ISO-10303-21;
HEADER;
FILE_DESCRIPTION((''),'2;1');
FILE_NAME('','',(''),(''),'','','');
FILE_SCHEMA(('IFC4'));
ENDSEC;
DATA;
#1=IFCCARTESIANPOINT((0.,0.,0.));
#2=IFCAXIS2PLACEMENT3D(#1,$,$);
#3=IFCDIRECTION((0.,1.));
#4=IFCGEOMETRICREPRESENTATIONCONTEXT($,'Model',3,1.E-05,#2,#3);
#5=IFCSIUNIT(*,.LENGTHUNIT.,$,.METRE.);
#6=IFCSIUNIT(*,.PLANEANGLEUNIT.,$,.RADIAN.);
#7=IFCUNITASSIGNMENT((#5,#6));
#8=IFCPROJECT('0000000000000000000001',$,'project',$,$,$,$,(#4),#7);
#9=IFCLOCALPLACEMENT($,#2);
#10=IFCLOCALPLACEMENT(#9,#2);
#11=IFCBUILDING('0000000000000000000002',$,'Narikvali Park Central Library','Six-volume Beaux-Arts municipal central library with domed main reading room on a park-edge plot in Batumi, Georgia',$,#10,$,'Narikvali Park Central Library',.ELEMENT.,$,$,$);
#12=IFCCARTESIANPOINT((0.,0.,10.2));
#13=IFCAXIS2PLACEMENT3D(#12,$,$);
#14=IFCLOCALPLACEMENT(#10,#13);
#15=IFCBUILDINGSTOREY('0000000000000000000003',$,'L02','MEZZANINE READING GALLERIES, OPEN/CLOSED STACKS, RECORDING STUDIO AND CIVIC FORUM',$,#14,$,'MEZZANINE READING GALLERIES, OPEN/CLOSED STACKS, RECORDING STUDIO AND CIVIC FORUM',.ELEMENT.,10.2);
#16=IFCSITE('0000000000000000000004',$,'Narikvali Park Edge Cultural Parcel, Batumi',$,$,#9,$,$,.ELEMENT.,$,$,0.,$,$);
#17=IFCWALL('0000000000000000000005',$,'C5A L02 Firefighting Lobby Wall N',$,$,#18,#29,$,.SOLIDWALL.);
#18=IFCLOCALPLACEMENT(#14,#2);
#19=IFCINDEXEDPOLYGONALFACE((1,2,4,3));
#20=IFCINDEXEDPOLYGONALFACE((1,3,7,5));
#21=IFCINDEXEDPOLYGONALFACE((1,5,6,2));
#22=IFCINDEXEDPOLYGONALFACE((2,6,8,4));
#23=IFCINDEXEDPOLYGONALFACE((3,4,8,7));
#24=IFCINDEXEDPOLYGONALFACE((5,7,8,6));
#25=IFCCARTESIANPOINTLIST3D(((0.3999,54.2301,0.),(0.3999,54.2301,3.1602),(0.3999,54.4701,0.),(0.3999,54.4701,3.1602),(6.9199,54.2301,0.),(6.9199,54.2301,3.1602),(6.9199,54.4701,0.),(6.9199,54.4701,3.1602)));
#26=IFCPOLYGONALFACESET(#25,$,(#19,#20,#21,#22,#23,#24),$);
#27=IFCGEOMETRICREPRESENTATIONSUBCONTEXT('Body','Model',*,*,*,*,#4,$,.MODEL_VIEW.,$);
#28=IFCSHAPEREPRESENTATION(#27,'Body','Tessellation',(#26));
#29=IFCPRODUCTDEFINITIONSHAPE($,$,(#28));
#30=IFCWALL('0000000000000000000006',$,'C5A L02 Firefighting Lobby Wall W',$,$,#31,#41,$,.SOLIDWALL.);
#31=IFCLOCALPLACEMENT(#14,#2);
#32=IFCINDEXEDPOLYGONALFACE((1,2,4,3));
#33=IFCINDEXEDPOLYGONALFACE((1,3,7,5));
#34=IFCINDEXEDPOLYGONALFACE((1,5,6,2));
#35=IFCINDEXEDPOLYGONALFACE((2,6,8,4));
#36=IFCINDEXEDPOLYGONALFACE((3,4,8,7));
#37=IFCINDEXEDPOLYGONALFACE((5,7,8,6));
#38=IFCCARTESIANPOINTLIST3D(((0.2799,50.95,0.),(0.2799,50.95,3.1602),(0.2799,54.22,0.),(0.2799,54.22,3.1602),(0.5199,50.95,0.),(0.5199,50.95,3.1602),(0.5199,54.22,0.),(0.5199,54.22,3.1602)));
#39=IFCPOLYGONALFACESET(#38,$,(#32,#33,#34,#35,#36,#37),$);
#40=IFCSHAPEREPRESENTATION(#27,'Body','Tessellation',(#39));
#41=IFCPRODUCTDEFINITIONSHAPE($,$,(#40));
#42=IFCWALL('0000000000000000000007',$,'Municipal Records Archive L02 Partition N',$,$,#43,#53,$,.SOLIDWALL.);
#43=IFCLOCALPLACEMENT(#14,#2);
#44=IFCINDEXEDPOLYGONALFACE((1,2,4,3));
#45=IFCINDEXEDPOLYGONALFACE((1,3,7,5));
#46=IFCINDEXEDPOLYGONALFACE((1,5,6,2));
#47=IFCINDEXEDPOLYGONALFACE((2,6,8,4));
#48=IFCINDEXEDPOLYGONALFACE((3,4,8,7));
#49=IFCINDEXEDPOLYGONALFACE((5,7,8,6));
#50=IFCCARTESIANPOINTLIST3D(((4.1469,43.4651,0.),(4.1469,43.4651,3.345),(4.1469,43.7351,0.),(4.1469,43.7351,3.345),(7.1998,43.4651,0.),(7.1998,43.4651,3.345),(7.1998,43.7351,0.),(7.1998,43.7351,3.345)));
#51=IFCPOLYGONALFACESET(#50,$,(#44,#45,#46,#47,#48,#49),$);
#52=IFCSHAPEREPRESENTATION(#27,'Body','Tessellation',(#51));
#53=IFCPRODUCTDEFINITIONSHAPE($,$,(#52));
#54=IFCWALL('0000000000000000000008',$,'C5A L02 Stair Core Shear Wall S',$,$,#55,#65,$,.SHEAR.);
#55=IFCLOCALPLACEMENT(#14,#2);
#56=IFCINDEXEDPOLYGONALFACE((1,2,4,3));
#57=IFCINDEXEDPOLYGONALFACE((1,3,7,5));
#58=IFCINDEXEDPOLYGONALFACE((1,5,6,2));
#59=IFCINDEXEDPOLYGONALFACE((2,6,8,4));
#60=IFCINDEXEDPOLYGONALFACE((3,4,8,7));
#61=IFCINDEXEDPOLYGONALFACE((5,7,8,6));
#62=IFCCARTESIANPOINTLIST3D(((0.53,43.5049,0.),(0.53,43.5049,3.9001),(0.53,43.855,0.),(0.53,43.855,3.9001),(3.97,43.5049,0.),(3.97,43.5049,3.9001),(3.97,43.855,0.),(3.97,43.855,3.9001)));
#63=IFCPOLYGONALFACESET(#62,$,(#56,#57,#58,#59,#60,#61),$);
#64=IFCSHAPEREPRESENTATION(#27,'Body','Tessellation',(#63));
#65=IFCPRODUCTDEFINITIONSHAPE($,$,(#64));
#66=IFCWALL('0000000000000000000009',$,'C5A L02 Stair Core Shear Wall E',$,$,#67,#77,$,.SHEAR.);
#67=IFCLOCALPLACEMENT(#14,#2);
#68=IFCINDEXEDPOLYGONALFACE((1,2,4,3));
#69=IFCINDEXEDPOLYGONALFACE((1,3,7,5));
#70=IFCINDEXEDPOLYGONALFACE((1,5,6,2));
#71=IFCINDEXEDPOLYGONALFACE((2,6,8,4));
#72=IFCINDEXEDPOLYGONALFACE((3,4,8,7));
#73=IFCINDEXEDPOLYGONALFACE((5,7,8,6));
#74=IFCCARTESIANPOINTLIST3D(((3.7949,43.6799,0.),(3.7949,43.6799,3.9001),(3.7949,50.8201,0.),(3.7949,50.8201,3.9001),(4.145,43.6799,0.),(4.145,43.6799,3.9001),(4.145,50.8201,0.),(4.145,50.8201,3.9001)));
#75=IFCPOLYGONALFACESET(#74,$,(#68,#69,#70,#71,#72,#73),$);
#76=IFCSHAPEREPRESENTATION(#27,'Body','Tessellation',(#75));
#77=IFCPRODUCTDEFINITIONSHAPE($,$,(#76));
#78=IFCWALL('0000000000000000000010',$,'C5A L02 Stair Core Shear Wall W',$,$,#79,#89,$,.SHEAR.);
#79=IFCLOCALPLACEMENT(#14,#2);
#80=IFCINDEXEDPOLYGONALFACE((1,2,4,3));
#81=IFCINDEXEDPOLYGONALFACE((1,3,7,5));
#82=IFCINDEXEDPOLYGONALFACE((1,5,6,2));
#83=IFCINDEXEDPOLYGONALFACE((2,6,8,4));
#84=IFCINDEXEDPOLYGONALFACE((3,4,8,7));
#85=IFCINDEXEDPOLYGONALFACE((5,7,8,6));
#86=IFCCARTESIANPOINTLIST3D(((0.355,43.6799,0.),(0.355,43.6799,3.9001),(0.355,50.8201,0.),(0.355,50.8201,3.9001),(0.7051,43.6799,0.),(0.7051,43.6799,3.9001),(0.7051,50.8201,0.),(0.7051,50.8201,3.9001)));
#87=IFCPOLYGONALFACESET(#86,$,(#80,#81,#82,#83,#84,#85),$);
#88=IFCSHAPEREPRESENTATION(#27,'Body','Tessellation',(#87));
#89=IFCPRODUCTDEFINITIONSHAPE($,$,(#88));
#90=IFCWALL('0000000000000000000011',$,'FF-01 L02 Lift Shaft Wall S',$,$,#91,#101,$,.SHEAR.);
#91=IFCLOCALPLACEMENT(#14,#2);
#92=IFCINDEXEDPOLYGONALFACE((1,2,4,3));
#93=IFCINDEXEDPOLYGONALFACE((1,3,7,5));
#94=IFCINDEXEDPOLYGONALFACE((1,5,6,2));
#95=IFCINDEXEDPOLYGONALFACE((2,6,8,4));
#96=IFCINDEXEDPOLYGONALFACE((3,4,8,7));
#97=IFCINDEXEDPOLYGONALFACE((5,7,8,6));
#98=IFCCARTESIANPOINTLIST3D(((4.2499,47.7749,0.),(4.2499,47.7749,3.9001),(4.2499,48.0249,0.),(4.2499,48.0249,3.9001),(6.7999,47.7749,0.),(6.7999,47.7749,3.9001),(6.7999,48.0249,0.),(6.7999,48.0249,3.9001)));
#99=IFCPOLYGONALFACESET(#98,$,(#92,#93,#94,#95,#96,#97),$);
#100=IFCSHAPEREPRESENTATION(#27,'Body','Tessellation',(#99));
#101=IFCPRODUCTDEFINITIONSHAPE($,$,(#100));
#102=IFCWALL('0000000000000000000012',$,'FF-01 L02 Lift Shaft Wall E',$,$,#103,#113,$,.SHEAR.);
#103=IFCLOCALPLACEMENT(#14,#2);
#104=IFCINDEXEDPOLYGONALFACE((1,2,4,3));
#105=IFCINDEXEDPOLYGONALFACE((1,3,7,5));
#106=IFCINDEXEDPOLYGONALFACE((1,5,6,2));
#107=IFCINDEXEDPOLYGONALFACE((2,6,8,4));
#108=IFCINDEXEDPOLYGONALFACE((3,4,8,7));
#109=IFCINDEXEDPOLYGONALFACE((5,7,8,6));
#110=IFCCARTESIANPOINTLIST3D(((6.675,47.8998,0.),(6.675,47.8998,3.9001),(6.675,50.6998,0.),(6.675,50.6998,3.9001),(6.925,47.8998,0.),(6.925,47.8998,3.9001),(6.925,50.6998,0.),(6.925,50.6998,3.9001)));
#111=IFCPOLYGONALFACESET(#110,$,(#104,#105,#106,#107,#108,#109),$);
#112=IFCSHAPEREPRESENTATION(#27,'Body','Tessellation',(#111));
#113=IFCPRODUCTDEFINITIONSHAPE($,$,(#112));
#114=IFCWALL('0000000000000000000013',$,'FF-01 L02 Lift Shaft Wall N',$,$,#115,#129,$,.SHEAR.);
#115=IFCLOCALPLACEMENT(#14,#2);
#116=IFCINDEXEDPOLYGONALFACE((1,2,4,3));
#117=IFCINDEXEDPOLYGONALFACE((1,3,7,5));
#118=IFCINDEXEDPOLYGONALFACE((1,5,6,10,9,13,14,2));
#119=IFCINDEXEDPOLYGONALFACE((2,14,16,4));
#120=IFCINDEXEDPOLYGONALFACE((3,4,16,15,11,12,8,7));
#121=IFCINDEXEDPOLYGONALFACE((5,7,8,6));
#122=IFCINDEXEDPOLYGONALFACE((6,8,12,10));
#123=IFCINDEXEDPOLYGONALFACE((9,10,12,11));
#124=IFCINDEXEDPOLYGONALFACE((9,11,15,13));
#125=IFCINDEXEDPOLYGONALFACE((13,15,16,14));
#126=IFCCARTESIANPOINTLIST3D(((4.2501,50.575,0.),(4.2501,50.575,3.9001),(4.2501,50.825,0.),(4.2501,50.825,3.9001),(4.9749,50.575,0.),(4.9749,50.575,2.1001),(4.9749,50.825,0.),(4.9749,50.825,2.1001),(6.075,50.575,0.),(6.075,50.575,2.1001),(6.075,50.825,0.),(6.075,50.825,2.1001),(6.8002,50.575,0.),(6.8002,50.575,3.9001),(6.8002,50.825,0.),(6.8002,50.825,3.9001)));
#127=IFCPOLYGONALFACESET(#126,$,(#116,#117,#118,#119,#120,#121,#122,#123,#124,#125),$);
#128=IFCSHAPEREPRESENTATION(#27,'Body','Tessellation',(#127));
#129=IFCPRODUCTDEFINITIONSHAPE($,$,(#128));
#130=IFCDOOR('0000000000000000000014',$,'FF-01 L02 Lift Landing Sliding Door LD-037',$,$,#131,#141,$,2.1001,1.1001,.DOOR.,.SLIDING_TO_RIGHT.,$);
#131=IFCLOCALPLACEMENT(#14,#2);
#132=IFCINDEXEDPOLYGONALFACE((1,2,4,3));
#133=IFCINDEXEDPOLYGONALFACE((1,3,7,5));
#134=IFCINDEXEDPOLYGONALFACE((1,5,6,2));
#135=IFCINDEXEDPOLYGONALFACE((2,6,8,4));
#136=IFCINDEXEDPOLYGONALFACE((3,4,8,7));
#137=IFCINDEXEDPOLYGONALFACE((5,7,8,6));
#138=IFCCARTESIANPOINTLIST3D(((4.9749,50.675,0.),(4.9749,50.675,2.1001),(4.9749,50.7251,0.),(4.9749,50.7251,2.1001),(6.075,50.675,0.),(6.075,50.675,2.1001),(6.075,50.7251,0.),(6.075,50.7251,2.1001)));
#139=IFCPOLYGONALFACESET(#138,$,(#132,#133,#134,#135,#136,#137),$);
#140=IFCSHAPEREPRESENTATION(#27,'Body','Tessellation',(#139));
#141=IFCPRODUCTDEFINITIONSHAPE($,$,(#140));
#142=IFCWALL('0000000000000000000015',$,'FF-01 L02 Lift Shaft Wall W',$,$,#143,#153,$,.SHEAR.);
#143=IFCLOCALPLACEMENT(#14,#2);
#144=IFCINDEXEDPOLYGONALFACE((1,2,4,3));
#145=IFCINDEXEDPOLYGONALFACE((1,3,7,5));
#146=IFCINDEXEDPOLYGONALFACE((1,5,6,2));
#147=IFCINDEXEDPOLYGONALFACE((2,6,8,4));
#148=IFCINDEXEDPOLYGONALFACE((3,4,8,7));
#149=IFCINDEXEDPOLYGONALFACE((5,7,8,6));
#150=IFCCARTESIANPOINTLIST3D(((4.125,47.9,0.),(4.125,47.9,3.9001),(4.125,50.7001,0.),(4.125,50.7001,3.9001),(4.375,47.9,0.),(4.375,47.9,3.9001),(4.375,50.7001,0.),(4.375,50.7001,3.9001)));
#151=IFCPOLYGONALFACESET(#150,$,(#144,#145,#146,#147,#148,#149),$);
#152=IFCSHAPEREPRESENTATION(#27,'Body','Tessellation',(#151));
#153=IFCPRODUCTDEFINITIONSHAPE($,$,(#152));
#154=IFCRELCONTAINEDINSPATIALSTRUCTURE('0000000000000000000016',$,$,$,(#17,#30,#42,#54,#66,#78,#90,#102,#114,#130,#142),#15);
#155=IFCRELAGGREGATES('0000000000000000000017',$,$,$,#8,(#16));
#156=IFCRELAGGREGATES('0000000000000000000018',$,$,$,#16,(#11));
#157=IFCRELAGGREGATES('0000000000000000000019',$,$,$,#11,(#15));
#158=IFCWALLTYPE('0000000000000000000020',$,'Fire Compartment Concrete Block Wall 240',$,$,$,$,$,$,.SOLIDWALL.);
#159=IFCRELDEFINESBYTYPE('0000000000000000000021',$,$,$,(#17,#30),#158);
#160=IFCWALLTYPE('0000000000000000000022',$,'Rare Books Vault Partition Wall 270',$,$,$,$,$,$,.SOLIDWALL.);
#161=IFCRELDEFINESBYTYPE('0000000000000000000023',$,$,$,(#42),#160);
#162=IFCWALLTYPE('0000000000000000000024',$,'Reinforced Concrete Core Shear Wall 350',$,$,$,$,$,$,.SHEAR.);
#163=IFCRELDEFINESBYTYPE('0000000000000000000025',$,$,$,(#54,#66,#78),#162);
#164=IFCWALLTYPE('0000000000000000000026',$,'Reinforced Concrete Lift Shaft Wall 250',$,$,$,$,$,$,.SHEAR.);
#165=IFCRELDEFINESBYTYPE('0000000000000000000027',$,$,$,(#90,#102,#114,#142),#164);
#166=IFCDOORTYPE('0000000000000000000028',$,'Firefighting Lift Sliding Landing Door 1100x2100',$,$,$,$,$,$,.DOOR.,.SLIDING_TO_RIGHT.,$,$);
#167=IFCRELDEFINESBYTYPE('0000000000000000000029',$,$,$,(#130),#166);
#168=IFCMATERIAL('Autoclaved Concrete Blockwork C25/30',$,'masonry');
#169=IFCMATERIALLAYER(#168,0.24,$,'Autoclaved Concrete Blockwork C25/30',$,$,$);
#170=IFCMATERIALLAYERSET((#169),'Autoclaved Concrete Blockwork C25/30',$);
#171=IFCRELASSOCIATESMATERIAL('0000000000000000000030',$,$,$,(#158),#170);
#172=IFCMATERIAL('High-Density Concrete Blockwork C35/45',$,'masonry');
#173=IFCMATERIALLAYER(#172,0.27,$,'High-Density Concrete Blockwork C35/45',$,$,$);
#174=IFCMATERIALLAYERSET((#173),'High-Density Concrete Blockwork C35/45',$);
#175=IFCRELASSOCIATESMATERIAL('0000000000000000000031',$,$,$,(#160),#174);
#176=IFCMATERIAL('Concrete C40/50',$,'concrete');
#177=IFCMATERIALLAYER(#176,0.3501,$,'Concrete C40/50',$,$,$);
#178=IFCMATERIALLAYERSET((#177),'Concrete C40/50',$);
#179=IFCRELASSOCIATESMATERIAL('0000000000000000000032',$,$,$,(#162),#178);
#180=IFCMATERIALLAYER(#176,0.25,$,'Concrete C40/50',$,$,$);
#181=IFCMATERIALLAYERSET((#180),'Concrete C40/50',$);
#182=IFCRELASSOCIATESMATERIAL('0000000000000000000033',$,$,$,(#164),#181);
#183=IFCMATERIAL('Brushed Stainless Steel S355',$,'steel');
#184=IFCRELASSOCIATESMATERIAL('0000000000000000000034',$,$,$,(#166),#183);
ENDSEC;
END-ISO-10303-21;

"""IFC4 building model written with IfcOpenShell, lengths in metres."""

from ifc_helpers import new_model, si_unit, direction, frame, frame_2d, origin, place, context, subcontext, project, spatial, rectangle, extrude, material, layer, layer_set, type_object, element, fill, save


model = new_model("IFC4")

# Units and contexts
model_context = context("Model", 3, precision=1e-05, world=origin(), true_north=direction((0.0, 1.0)))
body_context = subcontext(model_context, "Body", "Model", "MODEL_VIEW")
ifc_project = project(units=[si_unit("LENGTHUNIT", "METRE"), si_unit("PLANEANGLEUNIT", "RADIAN")], contexts=[model_context])

# Site, building, storey
site_placement = place(None, origin())
site = spatial("IfcSite", under=ifc_project, at=site_placement, Name="Narikvali Park Edge Cultural Parcel, Batumi", CompositionType="ELEMENT", RefElevation=0.0)
building_placement = place(site_placement, origin())
building = spatial("IfcBuilding", under=site, at=building_placement, Name="Narikvali Park Central Library", Description="Six-volume Beaux-Arts municipal central library with domed main reading room on a park-edge plot in Batumi, Georgia", LongName="Narikvali Park Central Library", CompositionType="ELEMENT")
storey_placement = place(building_placement, frame((0.0, 0.0, 10.2)))
storey = spatial("IfcBuildingStorey", under=building, at=storey_placement, Name="L02", Description="MEZZANINE READING GALLERIES, OPEN/CLOSED STACKS, RECORDING STUDIO AND CIVIC FORUM", LongName="MEZZANINE READING GALLERIES, OPEN/CLOSED STACKS, RECORDING STUDIO AND CIVIC FORUM", CompositionType="ELEMENT", Elevation=10.2)

# Shared definitions
ifc_material_1 = material(Name="Autoclaved Concrete Blockwork C25/30", Category="masonry")
ifc_layer_1 = layer(ifc_material_1, 0.24, Name="Autoclaved Concrete Blockwork C25/30")
ifc_layer_set_1 = layer_set([ifc_layer_1], Name="Autoclaved Concrete Blockwork C25/30")
wall_type_1 = type_object("IfcWallType", Name="Fire Compartment Concrete Block Wall 240", PredefinedType="SOLIDWALL", material=ifc_layer_set_1)

# Walls
wall_1_placement = place(storey_placement, frame((0.3999, 54.3501, 0.0), z_axis=(0.0, 0.0, 1.0), x_axis=(1.0, 0.0, 0.0)))
element("IfcWall", 1, at=wall_1_placement, inside=storey, type_object=wall_type_1, Name="C5A L02 Firefighting Lobby Wall N", PredefinedType="SOLIDWALL", context=body_context, shape_type="SweptSolid", body=[
    extrude(rectangle(XDim=6.52, YDim=0.24, at=frame_2d((3.26, 0.0))), origin(), (0.0, 0.0, 1.0), 3.1602),
])
wall_2_placement = place(storey_placement, frame((0.3999, 50.95, 0.0), z_axis=(0.0, 0.0, 1.0), x_axis=(0.0, 1.0, 0.0)))
element("IfcWall", 2, at=wall_2_placement, inside=storey, type_object=wall_type_1, Name="C5A L02 Firefighting Lobby Wall W", PredefinedType="SOLIDWALL", context=body_context, shape_type="SweptSolid", body=[
    extrude(rectangle(XDim=3.27, YDim=0.24, at=frame_2d((1.635, 0.0))), origin(), (0.0, 0.0, 1.0), 3.1602),
])
ifc_material_2 = material(Name="High-Density Concrete Blockwork C35/45", Category="masonry")
ifc_layer_2 = layer(ifc_material_2, 0.27, Name="High-Density Concrete Blockwork C35/45")
ifc_layer_set_2 = layer_set([ifc_layer_2], Name="High-Density Concrete Blockwork C35/45")
wall_type_2 = type_object("IfcWallType", Name="Rare Books Vault Partition Wall 270", PredefinedType="SOLIDWALL", material=ifc_layer_set_2)
wall_3_placement = place(storey_placement, frame((4.147, 43.6001, 0.0), z_axis=(0.0, 0.0, 1.0), x_axis=(1.0, 0.0, 0.0)))
element("IfcWall", 3, at=wall_3_placement, inside=storey, type_object=wall_type_2, Name="Municipal Records Archive L02 Partition N", PredefinedType="SOLIDWALL", context=body_context, shape_type="SweptSolid", body=[
    extrude(rectangle(XDim=3.053, YDim=0.27, at=frame_2d((1.5264, 0.0))), origin(), (0.0, 0.0, 1.0), 3.345),
])
ifc_material_3 = material(Name="Concrete C40/50", Category="concrete")
ifc_layer_3 = layer(ifc_material_3, 0.3501, Name="Concrete C40/50")
ifc_layer_set_3 = layer_set([ifc_layer_3], Name="Concrete C40/50")
wall_type_3 = type_object("IfcWallType", Name="Reinforced Concrete Core Shear Wall 350", PredefinedType="SHEAR", material=ifc_layer_set_3)
wall_4_placement = place(storey_placement, frame((0.53, 43.6799, 0.0), z_axis=(0.0, 0.0, 1.0), x_axis=(1.0, 0.0, 0.0)))
element("IfcWall", 4, at=wall_4_placement, inside=storey, type_object=wall_type_3, Name="C5A L02 Stair Core Shear Wall S", PredefinedType="SHEAR", context=body_context, shape_type="SweptSolid", body=[
    extrude(rectangle(XDim=3.4399, YDim=0.3501, at=frame_2d((1.72, 0.0))), origin(), (0.0, 0.0, 1.0), 3.9001),
])
wall_5_placement = place(storey_placement, frame((3.97, 43.6799, 0.0), z_axis=(0.0, 0.0, 1.0), x_axis=(0.0, 1.0, 0.0)))
element("IfcWall", 5, at=wall_5_placement, inside=storey, type_object=wall_type_3, Name="C5A L02 Stair Core Shear Wall E", PredefinedType="SHEAR", context=body_context, shape_type="SweptSolid", body=[
    extrude(rectangle(XDim=7.1401, YDim=0.3501, at=frame_2d((3.5701, 0.0))), origin(), (0.0, 0.0, 1.0), 3.9001),
])

# Walls
wall_6_placement = place(storey_placement, frame((0.53, 50.8201, 0.0), z_axis=(0.0, 0.0, 1.0), x_axis=(0.0, -1.0, 0.0)))
element("IfcWall", 6, at=wall_6_placement, inside=storey, type_object=wall_type_3, Name="C5A L02 Stair Core Shear Wall W", PredefinedType="SHEAR", context=body_context, shape_type="SweptSolid", body=[
    extrude(rectangle(XDim=7.1401, YDim=0.3501, at=frame_2d((3.5701, 0.0))), origin(), (0.0, 0.0, 1.0), 3.9001),
])
ifc_layer_4 = layer(ifc_material_3, 0.25, Name="Concrete C40/50")
ifc_layer_set_4 = layer_set([ifc_layer_4], Name="Concrete C40/50")
wall_type_4 = type_object("IfcWallType", Name="Reinforced Concrete Lift Shaft Wall 250", PredefinedType="SHEAR", material=ifc_layer_set_4)
wall_7_placement = place(storey_placement, frame((4.25, 47.8999, 0.0), z_axis=(0.0, 0.0, 1.0), x_axis=(1.0, 0.0, 0.0)))
element("IfcWall", 7, at=wall_7_placement, inside=storey, type_object=wall_type_4, Name="FF-01 L02 Lift Shaft Wall S", PredefinedType="SHEAR", context=body_context, shape_type="SweptSolid", body=[
    extrude(rectangle(XDim=2.55, YDim=0.25, at=frame_2d((1.2749, 0.0))), origin(), (0.0, 0.0, 1.0), 3.9001),
])
wall_8_placement = place(storey_placement, frame((6.8, 47.8999, 0.0), z_axis=(0.0, 0.0, 1.0), x_axis=(0.0, 1.0, 0.0)))
element("IfcWall", 8, at=wall_8_placement, inside=storey, type_object=wall_type_4, Name="FF-01 L02 Lift Shaft Wall E", PredefinedType="SHEAR", context=body_context, shape_type="SweptSolid", body=[
    extrude(rectangle(XDim=2.8, YDim=0.25, at=frame_2d((1.3999, 0.0))), origin(), (0.0, 0.0, 1.0), 3.9001),
])

# Wall, opening, door
wall_9_placement = place(storey_placement, frame((6.8, 50.7, 0.0), z_axis=(0.0, 0.0, 1.0), x_axis=(-1.0, 0.0, 0.0)))
wall_9 = element("IfcWall", 9, at=wall_9_placement, inside=storey, type_object=wall_type_4, Name="FF-01 L02 Lift Shaft Wall N", PredefinedType="SHEAR", context=body_context, shape_type="SweptSolid", body=[
    extrude(rectangle(XDim=2.55, YDim=0.25, at=frame_2d((1.2749, 0.0))), origin(), (0.0, 0.0, 1.0), 3.9001),
])
opening_1_placement = place(wall_9_placement, frame((0.7251, 0.0, 0.0)))
opening_1 = element("IfcOpeningElement", 10, at=opening_1_placement, cuts=wall_9, PredefinedType="OPENING", context=body_context, shape_type="SweptSolid", body=[
    extrude(rectangle(XDim=1.1001, YDim=2.1001, at=frame_2d((0.55, 1.05))), frame((0.0, 0.137, 0.0), z_axis=(0.0, -1.0, 0.0), x_axis=(1.0, 0.0, 0.0)), (0.0, 0.0, 1.0), 0.2739),
])
ifc_material_4 = material(Name="Brushed Stainless Steel S355", Category="steel")
door_type_1 = type_object("IfcDoorType", Name="Firefighting Lift Sliding Landing Door 1100x2100", OperationType="SLIDING_TO_RIGHT", PredefinedType="DOOR", material=ifc_material_4)
door_1_placement = place(opening_1_placement, origin())
door_1 = element("IfcDoor", 11, at=door_1_placement, inside=storey, type_object=door_type_1, Name="FF-01 L02 Lift Landing Sliding Door LD-037", OperationType="SLIDING_TO_RIGHT", OverallHeight=2.1001, OverallWidth=1.1001, PredefinedType="DOOR", context=body_context, shape_type="SweptSolid", body=[
    extrude(rectangle(XDim=1.1001, YDim=2.1001, at=frame_2d((0.55, 1.05))), frame((0.0, 0.0249, 0.0), z_axis=(0.0, -1.0, 0.0), x_axis=(1.0, 0.0, 0.0)), (0.0, 0.0, 1.0), 0.05),
])
fill(opening_1, door_1)

# Wall
wall_10_placement = place(storey_placement, frame((4.25, 50.7, 0.0), z_axis=(0.0, 0.0, 1.0), x_axis=(0.0, -1.0, 0.0)))
element("IfcWall", 12, at=wall_10_placement, inside=storey, type_object=wall_type_4, Name="FF-01 L02 Lift Shaft Wall W", PredefinedType="SHEAR", context=body_context, shape_type="SweptSolid", body=[
    extrude(rectangle(XDim=2.8, YDim=0.25, at=frame_2d((1.3999, 0.0))), origin(), (0.0, 0.0, 1.0), 3.9001),
])

save(model, "model.ifc")
